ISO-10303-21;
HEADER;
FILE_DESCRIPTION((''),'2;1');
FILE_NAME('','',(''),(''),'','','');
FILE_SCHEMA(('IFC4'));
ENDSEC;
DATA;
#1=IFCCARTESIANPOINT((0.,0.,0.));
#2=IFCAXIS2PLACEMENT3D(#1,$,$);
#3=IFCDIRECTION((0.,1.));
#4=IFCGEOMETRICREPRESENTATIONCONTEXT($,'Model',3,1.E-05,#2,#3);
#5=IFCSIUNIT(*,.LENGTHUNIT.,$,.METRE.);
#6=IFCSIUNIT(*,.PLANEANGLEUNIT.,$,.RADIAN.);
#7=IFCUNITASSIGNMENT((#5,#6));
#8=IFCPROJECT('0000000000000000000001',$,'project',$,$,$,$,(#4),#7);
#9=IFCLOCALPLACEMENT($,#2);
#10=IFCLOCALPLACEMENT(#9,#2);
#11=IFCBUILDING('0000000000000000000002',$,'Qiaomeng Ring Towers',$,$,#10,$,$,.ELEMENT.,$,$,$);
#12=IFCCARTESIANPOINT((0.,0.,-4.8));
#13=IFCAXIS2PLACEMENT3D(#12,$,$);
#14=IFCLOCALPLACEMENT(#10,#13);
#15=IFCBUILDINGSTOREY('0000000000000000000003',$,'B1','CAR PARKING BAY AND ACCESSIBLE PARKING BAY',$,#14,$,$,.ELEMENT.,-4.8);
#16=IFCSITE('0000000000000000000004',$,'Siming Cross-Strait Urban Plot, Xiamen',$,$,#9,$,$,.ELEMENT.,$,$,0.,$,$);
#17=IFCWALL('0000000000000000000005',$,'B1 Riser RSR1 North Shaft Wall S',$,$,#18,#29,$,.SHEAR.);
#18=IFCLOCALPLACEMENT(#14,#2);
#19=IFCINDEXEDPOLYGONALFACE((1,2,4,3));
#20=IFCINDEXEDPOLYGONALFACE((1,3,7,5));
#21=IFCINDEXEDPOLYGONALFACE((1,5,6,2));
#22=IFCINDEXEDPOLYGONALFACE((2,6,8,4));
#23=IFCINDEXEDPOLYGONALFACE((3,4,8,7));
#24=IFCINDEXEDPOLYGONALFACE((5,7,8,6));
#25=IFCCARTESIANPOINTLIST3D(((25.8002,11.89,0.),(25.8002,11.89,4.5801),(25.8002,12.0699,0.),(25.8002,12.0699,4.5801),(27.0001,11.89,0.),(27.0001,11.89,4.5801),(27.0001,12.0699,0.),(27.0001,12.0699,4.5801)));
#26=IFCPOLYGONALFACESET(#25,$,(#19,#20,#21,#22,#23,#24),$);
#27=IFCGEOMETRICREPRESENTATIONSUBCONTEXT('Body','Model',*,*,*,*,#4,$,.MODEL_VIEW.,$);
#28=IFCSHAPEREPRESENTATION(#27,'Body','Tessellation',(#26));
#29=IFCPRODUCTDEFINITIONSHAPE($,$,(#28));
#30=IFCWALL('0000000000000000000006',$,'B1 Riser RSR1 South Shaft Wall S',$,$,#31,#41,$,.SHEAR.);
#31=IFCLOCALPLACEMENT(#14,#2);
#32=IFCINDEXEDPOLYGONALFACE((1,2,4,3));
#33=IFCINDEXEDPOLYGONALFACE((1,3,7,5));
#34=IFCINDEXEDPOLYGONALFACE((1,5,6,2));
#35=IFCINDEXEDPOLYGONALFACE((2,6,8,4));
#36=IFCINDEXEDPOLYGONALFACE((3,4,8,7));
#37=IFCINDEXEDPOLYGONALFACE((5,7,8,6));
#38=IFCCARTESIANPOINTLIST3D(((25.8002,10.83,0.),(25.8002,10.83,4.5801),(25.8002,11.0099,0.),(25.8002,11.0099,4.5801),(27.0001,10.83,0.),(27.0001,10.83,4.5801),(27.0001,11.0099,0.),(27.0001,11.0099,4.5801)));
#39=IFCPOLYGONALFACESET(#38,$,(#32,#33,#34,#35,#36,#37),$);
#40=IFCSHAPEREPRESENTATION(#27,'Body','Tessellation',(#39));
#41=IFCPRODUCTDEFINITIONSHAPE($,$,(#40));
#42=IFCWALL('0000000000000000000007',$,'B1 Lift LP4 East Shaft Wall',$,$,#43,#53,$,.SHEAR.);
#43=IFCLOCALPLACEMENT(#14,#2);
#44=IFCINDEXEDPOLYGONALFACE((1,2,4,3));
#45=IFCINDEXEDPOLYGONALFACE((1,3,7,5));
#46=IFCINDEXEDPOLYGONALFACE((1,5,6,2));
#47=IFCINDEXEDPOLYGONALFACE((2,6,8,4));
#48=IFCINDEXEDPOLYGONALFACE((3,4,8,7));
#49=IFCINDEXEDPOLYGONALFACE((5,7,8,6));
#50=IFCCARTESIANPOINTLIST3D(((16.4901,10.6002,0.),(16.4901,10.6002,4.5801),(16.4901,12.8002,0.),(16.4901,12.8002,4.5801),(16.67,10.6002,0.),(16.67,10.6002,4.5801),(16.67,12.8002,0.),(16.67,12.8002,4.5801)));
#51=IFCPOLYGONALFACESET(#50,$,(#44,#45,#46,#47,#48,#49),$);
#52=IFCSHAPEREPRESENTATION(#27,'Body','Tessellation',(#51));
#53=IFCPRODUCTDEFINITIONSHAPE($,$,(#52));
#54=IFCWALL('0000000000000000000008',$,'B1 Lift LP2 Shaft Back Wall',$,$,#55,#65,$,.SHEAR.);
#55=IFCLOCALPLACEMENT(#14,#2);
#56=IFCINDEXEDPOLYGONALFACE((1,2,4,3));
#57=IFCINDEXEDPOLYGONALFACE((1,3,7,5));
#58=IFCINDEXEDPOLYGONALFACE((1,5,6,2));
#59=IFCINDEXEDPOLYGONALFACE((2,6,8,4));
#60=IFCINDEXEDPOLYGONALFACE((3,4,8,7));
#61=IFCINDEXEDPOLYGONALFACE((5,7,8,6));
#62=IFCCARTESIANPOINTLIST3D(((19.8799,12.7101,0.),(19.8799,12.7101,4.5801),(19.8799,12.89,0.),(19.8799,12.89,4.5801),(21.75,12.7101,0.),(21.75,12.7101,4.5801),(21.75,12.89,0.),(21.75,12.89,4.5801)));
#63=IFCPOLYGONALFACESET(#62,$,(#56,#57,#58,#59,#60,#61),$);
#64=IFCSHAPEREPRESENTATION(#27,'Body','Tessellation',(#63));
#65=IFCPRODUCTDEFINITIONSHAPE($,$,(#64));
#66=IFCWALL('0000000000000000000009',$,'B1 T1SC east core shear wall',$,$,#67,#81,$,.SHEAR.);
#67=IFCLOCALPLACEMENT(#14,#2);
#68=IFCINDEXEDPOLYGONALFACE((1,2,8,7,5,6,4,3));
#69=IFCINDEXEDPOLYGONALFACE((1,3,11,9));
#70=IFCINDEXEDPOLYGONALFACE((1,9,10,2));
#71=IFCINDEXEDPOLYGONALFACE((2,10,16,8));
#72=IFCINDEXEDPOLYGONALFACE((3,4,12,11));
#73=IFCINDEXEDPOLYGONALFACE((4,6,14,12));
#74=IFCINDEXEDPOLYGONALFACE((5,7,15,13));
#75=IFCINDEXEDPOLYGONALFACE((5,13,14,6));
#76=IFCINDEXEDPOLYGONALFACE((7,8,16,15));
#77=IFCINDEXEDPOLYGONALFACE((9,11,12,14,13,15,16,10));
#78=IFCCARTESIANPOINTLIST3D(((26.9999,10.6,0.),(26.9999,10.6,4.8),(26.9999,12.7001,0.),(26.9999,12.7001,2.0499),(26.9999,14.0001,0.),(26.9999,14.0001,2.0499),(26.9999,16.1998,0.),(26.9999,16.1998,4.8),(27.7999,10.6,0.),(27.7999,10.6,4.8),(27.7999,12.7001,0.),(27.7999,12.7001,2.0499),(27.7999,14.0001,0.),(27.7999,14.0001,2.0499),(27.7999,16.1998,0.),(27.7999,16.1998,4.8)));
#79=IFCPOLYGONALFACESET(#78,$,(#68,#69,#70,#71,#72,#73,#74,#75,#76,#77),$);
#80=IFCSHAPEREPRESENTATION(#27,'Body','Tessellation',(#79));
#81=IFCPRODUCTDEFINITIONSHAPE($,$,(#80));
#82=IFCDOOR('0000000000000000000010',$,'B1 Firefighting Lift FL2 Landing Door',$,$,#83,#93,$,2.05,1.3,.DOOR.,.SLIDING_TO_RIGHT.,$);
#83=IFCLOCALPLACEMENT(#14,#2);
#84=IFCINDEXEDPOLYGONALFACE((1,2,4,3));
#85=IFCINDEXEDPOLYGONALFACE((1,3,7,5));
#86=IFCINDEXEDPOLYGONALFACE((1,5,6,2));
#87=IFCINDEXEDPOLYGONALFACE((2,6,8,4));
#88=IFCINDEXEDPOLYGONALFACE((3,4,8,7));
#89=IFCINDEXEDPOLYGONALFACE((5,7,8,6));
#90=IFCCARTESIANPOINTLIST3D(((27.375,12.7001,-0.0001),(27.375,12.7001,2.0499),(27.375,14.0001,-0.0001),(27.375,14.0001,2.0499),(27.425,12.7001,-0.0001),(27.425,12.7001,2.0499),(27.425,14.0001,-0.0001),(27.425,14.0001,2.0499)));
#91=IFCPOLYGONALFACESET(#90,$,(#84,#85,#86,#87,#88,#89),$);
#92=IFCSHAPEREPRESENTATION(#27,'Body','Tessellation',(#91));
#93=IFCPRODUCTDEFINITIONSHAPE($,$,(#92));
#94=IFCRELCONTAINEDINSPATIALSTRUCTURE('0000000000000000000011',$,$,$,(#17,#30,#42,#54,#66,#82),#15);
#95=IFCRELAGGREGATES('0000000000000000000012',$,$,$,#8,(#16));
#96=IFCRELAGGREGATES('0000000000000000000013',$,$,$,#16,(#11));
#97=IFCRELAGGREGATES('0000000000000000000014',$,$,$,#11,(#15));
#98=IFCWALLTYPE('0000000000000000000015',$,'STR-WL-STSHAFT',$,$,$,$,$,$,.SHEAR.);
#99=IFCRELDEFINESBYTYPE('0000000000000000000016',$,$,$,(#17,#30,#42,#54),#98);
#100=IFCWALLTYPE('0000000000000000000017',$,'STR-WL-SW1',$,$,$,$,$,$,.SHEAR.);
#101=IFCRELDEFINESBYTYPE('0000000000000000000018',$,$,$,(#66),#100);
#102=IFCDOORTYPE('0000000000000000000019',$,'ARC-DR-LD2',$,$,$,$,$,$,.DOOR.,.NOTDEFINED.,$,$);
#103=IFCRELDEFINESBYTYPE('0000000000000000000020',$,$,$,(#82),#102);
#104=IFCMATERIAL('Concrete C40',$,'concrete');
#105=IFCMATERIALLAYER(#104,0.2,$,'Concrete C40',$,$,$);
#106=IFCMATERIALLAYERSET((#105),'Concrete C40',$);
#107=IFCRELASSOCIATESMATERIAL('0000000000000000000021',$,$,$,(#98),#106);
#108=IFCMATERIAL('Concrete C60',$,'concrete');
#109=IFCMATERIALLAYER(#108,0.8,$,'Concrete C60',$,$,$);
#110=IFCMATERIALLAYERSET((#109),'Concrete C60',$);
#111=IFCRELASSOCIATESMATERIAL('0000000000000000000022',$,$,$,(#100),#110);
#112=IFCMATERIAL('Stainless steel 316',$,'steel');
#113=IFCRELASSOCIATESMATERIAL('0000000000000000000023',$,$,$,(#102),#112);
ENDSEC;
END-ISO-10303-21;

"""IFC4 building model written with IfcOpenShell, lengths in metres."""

from ifc_helpers import new_model, si_unit, direction, frame, frame_2d, origin, place, context, subcontext, project, spatial, rectangle, extrude, source, transform, mapped, material, layer, layer_set, type_object, element, fill, save


model = new_model("IFC4")

# Units and contexts
model_context = context("Model", 3, precision=1e-05, world=origin(), true_north=direction((0.0, 1.0)))
body_context = subcontext(model_context, "Body", "Model", "MODEL_VIEW")
ifc_project = project(units=[si_unit("LENGTHUNIT", "METRE"), si_unit("PLANEANGLEUNIT", "RADIAN")], contexts=[model_context])

# Site, building, storey
site_placement = place(None, origin())
site = spatial("IfcSite", under=ifc_project, at=site_placement, Name="Siming Cross-Strait Urban Plot, Xiamen", CompositionType="ELEMENT", RefElevation=0.0)
building_placement = place(site_placement, origin())
building = spatial("IfcBuilding", under=site, at=building_placement, Name="Qiaomeng Ring Towers", CompositionType="ELEMENT")
storey_placement = place(building_placement, frame((0.0, 0.0, -4.8)))
storey = spatial("IfcBuildingStorey", under=building, at=storey_placement, Name="B1", Description="CAR PARKING BAY AND ACCESSIBLE PARKING BAY", CompositionType="ELEMENT", Elevation=-4.8)

# Shared definitions
ifc_material_1 = material(Name="Concrete C60", Category="concrete")

# Walls
ifc_material_2 = material(Name="Concrete C40", Category="concrete")
ifc_layer_1 = layer(ifc_material_2, 0.2, Name="Concrete C40")
ifc_layer_set_1 = layer_set([ifc_layer_1], Name="Concrete C40")
wall_type_1 = type_object("IfcWallType", Name="STR-WL-STSHAFT", PredefinedType="SHEAR", material=ifc_layer_set_1)
for number, where, z_axis, x_axis, name in (
    (1, (25.8, 11.98, 0.0), (0.0, 0.0, 1.0), (1.0, 0.0, 0.0), "B1 Riser RSR1 North Shaft Wall S"),
    (2, (25.8, 10.9199, 0.0), (0.0, 0.0, 1.0), (1.0, 0.0, 0.0), "B1 Riser RSR1 South Shaft Wall S"),
):
    element("IfcWall", number, at=place(storey_placement, frame(where, z_axis=z_axis, x_axis=x_axis)), inside=storey, type_object=wall_type_1, Name=name, PredefinedType="SHEAR", context=body_context, shape_type="SweptSolid", body=[
        extrude(rectangle(XDim=1.2, YDim=0.1799, at=frame_2d((0.6001, 0.0))), origin(), (0.0, 0.0, 1.0), 4.5801),
    ])
wall_1_placement = place(storey_placement, frame((16.5801, 10.6001, 0.0), z_axis=(0.0, 0.0, 1.0), x_axis=(0.0, 1.0, 0.0)))
element("IfcWall", 3, at=wall_1_placement, inside=storey, type_object=wall_type_1, Name="B1 Lift LP4 East Shaft Wall", PredefinedType="SHEAR", context=body_context, shape_type="SweptSolid", body=[
    extrude(rectangle(XDim=2.2, YDim=0.1799, at=frame_2d((1.1001, 0.0))), origin(), (0.0, 0.0, 1.0), 4.5801),
])
wall_2_placement = place(storey_placement, frame((19.8799, 12.8, 0.0), z_axis=(0.0, 0.0, 1.0), x_axis=(1.0, 0.0, 0.0)))
element("IfcWall", 4, at=wall_2_placement, inside=storey, type_object=wall_type_1, Name="B1 Lift LP2 Shaft Back Wall", PredefinedType="SHEAR", context=body_context, shape_type="SweptSolid", body=[
    extrude(rectangle(XDim=1.8701, YDim=0.1799, at=frame_2d((0.9351, 0.0))), origin(), (0.0, 0.0, 1.0), 4.5801),
])

# Wall, opening, door
ifc_layer_2 = layer(ifc_material_1, 0.8, Name="Concrete C60")
ifc_layer_set_2 = layer_set([ifc_layer_2], Name="Concrete C60")
wall_type_2 = type_object("IfcWallType", Name="STR-WL-SW1", PredefinedType="SHEAR", material=ifc_layer_set_2)
wall_3_placement = place(storey_placement, frame((27.3999, 10.6001, 0.0), z_axis=(0.0, 0.0, 1.0), x_axis=(0.0, 1.0, 0.0)))
wall_3 = element("IfcWall", 5, at=wall_3_placement, inside=storey, type_object=wall_type_2, Name="B1 T1SC east core shear wall", PredefinedType="SHEAR", context=body_context, shape_type="SweptSolid", body=[
    extrude(rectangle(XDim=5.5999, YDim=0.8, at=frame_2d((2.7998, 0.0))), origin(), (0.0, 0.0, 1.0), 4.8),
])
opening_1_placement = place(wall_3_placement, frame((2.1001, 0.0, 0.0)))
opening_1 = element("IfcOpeningElement", 6, at=opening_1_placement, cuts=wall_3, PredefinedType="OPENING", context=body_context, shape_type="SweptSolid", body=[
    extrude(rectangle(XDim=1.3, YDim=2.05, at=frame_2d((0.6499, 1.0249))), frame((0.0, 0.4099, 0.0), z_axis=(0.0, -1.0, 0.0), x_axis=(1.0, 0.0, 0.0)), (0.0, 0.0, 1.0), 0.8201),
])
ifc_material_3 = material(Name="Stainless steel 316", Category="steel")
door_type_1 = type_object("IfcDoorType", Name="ARC-DR-LD2", OperationType="NOTDEFINED", PredefinedType="DOOR", material=ifc_material_3)
shared_shape_1 = source(origin(), body_context, "Body", "SweptSolid", [
    extrude(rectangle(XDim=1.3, YDim=2.05, at=frame_2d((0.6499, 1.0249))), frame((0.0, 0.0249, 0.0), z_axis=(0.0, -1.0, 0.0), x_axis=(1.0, 0.0, 0.0)), (0.0, 0.0, 1.0), 0.05),
])
door_1_placement = place(opening_1_placement, origin())
door_1 = element("IfcDoor", 7, at=door_1_placement, inside=storey, type_object=door_type_1, Name="B1 Firefighting Lift FL2 Landing Door", OperationType="SLIDING_TO_RIGHT", OverallHeight=2.05, OverallWidth=1.3, PredefinedType="DOOR", context=body_context, shape_type="MappedRepresentation", body=[
    mapped(shared_shape_1, transform((0.0, 0.0, 0.0), x_axis=(1.0, 0.0, 0.0), y_axis=(0.0, 1.0, 0.0), z_axis=(0.0, 0.0, 1.0), scale=1.0)),
])
fill(opening_1, door_1)

save(model, "model.ifc")
